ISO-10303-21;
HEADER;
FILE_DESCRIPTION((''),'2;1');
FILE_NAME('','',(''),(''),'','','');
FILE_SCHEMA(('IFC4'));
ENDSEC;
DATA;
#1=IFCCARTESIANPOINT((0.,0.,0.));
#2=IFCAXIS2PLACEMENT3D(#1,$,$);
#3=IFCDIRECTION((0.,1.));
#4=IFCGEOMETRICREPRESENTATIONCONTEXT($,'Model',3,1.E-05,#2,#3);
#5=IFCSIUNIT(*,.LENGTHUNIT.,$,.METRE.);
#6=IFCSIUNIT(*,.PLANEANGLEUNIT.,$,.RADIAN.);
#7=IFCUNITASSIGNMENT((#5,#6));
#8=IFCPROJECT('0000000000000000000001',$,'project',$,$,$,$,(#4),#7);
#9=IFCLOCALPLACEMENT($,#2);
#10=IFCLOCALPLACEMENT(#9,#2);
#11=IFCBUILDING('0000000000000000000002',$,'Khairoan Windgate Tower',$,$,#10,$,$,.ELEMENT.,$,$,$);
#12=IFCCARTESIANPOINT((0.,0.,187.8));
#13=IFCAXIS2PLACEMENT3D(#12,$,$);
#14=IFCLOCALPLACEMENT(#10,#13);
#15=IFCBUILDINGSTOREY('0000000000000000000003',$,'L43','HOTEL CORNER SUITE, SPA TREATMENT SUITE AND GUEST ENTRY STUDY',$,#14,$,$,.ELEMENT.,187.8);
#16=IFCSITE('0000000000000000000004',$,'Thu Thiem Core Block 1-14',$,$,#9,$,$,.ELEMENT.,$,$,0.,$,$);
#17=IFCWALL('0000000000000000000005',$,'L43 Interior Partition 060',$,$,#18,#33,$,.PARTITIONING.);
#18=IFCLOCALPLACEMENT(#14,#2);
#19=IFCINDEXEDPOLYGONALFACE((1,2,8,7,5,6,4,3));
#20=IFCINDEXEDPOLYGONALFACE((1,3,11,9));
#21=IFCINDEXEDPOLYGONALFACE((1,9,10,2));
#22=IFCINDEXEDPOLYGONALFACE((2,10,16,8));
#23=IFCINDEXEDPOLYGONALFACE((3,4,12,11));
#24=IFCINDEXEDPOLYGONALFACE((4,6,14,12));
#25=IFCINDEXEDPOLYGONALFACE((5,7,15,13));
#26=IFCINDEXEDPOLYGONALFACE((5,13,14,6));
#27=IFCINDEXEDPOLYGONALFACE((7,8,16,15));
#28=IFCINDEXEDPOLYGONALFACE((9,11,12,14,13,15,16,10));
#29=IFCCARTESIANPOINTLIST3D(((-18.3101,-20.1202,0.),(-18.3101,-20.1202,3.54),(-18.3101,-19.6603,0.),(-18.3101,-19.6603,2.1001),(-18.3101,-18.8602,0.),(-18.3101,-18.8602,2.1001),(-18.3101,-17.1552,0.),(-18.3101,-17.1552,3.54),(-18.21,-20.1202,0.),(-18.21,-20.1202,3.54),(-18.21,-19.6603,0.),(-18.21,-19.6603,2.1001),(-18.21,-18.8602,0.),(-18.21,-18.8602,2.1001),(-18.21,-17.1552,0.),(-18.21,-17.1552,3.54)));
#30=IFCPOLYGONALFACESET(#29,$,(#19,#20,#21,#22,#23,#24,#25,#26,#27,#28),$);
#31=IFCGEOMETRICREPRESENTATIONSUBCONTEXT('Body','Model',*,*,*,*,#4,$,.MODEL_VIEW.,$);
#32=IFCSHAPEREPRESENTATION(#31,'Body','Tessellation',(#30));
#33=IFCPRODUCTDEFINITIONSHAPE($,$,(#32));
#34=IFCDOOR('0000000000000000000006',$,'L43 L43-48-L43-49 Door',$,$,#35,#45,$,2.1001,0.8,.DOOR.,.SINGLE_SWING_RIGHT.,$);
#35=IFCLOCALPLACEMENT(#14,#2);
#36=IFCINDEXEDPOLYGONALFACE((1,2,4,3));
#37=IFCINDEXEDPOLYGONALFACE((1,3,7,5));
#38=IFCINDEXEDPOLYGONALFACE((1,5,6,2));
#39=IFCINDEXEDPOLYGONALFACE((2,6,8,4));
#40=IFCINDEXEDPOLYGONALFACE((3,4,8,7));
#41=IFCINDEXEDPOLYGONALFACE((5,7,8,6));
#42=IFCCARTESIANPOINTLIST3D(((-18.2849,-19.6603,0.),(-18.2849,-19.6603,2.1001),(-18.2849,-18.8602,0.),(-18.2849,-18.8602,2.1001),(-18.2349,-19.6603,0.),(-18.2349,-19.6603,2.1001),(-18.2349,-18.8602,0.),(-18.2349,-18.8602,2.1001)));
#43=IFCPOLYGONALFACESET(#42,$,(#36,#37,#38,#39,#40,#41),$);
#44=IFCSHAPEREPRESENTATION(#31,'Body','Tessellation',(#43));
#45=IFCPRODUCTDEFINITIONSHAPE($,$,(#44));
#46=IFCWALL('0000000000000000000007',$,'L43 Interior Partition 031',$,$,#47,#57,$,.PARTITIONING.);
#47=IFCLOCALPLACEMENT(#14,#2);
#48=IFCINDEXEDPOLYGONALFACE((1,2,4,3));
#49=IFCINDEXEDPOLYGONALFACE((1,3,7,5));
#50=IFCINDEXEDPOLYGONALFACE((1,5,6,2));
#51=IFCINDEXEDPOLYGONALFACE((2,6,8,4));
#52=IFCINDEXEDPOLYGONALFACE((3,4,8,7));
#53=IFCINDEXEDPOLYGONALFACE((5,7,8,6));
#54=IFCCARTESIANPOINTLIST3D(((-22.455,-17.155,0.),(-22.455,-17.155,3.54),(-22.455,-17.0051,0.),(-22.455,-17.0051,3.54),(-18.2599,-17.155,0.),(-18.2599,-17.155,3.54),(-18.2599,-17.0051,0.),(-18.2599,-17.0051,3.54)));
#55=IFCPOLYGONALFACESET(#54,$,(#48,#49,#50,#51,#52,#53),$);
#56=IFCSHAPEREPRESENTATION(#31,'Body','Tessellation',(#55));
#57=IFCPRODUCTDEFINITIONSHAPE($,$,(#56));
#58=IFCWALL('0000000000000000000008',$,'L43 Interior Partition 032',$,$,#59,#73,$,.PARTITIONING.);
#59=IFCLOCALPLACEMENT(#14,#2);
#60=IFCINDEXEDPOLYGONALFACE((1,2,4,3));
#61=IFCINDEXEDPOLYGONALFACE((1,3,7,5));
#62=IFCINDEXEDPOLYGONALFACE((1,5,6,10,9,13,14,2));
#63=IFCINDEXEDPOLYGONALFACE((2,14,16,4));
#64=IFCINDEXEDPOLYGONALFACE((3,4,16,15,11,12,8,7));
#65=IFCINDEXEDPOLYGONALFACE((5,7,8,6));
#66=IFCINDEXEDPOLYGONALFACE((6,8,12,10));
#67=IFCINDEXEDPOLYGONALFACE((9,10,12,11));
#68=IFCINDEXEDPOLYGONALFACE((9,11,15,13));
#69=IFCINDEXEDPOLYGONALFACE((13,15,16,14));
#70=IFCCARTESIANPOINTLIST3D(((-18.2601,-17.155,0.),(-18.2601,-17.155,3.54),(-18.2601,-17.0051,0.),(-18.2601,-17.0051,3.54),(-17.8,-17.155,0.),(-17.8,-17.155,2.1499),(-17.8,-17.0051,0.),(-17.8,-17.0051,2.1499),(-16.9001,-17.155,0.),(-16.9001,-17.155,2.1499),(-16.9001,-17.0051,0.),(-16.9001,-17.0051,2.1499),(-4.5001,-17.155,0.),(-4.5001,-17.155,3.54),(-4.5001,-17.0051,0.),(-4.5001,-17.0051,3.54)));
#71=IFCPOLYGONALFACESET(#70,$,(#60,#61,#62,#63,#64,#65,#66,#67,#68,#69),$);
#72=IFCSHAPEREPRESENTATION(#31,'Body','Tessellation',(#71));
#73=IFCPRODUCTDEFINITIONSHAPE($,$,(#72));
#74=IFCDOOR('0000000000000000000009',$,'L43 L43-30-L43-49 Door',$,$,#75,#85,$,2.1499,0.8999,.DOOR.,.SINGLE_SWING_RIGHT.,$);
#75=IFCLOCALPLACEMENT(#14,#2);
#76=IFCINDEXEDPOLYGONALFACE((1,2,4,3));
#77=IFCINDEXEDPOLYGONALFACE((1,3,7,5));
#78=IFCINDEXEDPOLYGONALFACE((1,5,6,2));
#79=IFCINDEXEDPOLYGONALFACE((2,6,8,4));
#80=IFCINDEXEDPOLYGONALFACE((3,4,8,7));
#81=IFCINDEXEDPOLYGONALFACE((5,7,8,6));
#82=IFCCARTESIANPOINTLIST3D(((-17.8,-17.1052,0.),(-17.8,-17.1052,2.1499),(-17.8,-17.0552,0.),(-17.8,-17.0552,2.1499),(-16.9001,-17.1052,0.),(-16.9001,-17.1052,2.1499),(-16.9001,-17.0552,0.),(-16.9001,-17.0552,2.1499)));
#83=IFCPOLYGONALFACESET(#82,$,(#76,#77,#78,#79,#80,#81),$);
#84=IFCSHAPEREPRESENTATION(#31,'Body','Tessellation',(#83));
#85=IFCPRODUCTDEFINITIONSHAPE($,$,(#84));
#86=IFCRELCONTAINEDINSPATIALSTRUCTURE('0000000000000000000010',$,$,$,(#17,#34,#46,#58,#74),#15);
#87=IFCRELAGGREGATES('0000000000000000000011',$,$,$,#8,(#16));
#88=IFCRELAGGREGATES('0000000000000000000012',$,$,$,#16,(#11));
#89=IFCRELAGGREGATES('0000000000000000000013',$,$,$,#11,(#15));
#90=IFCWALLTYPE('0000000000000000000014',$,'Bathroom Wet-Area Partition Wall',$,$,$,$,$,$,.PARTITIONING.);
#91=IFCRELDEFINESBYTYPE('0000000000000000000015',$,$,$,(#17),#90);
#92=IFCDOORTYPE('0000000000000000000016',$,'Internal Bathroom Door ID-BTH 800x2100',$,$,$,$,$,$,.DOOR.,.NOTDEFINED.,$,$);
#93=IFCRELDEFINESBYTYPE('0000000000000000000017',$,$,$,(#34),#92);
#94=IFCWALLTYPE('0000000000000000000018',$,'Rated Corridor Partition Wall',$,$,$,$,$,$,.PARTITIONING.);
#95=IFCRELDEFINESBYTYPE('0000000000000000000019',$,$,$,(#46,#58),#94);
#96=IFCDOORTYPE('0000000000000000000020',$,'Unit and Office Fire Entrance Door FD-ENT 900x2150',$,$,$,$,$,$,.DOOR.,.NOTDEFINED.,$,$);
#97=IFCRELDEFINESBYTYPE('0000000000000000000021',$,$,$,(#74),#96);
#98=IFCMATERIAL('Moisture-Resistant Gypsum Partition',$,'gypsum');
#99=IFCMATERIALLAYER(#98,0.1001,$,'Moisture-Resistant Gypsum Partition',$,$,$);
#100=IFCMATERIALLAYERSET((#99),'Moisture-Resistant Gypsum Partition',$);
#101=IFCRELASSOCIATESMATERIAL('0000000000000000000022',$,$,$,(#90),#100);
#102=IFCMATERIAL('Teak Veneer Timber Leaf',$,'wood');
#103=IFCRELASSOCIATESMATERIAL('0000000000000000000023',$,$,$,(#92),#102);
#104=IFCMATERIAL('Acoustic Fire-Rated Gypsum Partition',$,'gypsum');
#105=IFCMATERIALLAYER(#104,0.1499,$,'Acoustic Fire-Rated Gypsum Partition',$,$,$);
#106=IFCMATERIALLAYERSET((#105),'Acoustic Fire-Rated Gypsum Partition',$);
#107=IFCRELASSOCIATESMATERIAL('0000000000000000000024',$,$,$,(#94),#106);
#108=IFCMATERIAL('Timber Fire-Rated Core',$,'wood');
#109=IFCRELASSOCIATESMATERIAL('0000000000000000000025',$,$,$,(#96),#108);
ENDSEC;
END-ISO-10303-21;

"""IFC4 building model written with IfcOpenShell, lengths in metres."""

from ifc_helpers import new_model, si_unit, direction, frame, frame_2d, origin, place, context, subcontext, project, spatial, rectangle, extrude, material, layer, layer_set, type_object, element, fill, save


model = new_model("IFC4")

# Units and contexts
model_context = context("Model", 3, precision=1e-05, world=origin(), true_north=direction((0.0, 1.0)))
body_context = subcontext(model_context, "Body", "Model", "MODEL_VIEW")
ifc_project = project(units=[si_unit("LENGTHUNIT", "METRE"), si_unit("PLANEANGLEUNIT", "RADIAN")], contexts=[model_context])

# Site, building, storey
site_placement = place(None, origin())
site = spatial("IfcSite", under=ifc_project, at=site_placement, Name="Thu Thiem Core Block 1-14", CompositionType="ELEMENT", RefElevation=0.0)
building_placement = place(site_placement, origin())
building = spatial("IfcBuilding", under=site, at=building_placement, Name="Khairoan Windgate Tower", CompositionType="ELEMENT")
storey_placement = place(building_placement, frame((0.0, 0.0, 187.8)))
storey = spatial("IfcBuildingStorey", under=building, at=storey_placement, Name="L43", Description="HOTEL CORNER SUITE, SPA TREATMENT SUITE AND GUEST ENTRY STUDY", CompositionType="ELEMENT", Elevation=187.8)

# Wall, opening, door
ifc_material_1 = material(Name="Moisture-Resistant Gypsum Partition", Category="gypsum")
ifc_layer_1 = layer(ifc_material_1, 0.1001, Name="Moisture-Resistant Gypsum Partition")
ifc_layer_set_1 = layer_set([ifc_layer_1], Name="Moisture-Resistant Gypsum Partition")
wall_type_1 = type_object("IfcWallType", Name="Bathroom Wet-Area Partition Wall", PredefinedType="PARTITIONING", material=ifc_layer_set_1)
wall_1_placement = place(storey_placement, frame((-18.26, -20.1201, 0.0), z_axis=(0.0, 0.0, 1.0), x_axis=(0.0, 1.0, 0.0)))
wall_1 = element("IfcWall", 1, at=wall_1_placement, inside=storey, type_object=wall_type_1, Name="L43 Interior Partition 060", PredefinedType="PARTITIONING", context=body_context, shape_type="SweptSolid", body=[
    extrude(rectangle(XDim=2.9651, YDim=0.1001, at=frame_2d((1.4824, 0.0))), origin(), (0.0, 0.0, 1.0), 3.54),
])
opening_1_placement = place(wall_1_placement, frame((0.46, 0.0, 0.0)))
opening_1 = element("IfcOpeningElement", 2, at=opening_1_placement, cuts=wall_1, PredefinedType="OPENING", context=body_context, shape_type="SweptSolid", body=[
    extrude(rectangle(XDim=0.8, YDim=2.1001, at=frame_2d((0.3999, 1.05))), frame((0.0, 0.0601, 0.0), z_axis=(0.0, -1.0, 0.0), x_axis=(1.0, 0.0, 0.0)), (0.0, 0.0, 1.0), 0.1201),
])
ifc_material_2 = material(Name="Teak Veneer Timber Leaf", Category="wood")
door_type_1 = type_object("IfcDoorType", Name="Internal Bathroom Door ID-BTH 800x2100", OperationType="NOTDEFINED", PredefinedType="DOOR", material=ifc_material_2)
door_1_placement = place(opening_1_placement, origin())
door_1 = element("IfcDoor", 3, at=door_1_placement, inside=storey, type_object=door_type_1, Name="L43 L43-48-L43-49 Door", OperationType="SINGLE_SWING_RIGHT", OverallHeight=2.1001, OverallWidth=0.8, PredefinedType="DOOR", context=body_context, shape_type="SweptSolid", body=[
    extrude(rectangle(XDim=0.8, YDim=2.1001, at=frame_2d((0.3999, 1.05))), frame((0.0, 0.0249, 0.0), z_axis=(0.0, -1.0, 0.0), x_axis=(1.0, 0.0, 0.0)), (0.0, 0.0, 1.0), 0.05),
])
fill(opening_1, door_1)

# Wall
ifc_material_3 = material(Name="Acoustic Fire-Rated Gypsum Partition", Category="gypsum")
ifc_layer_2 = layer(ifc_material_3, 0.1499, Name="Acoustic Fire-Rated Gypsum Partition")
ifc_layer_set_2 = layer_set([ifc_layer_2], Name="Acoustic Fire-Rated Gypsum Partition")
wall_type_2 = type_object("IfcWallType", Name="Rated Corridor Partition Wall", PredefinedType="PARTITIONING", material=ifc_layer_set_2)
wall_2_placement = place(storey_placement, frame((-22.4551, -17.0801, 0.0), z_axis=(0.0, 0.0, 1.0), x_axis=(1.0, 0.0, 0.0)))
element("IfcWall", 4, at=wall_2_placement, inside=storey, type_object=wall_type_2, Name="L43 Interior Partition 031", PredefinedType="PARTITIONING", context=body_context, shape_type="SweptSolid", body=[
    extrude(rectangle(XDim=4.1951, YDim=0.1499, at=frame_2d((2.0977, 0.0))), origin(), (0.0, 0.0, 1.0), 3.54),
])

# Wall, opening, door
wall_3_placement = place(storey_placement, frame((-18.26, -17.0801, 0.0), z_axis=(0.0, 0.0, 1.0), x_axis=(1.0, 0.0, 0.0)))
wall_3 = element("IfcWall", 5, at=wall_3_placement, inside=storey, type_object=wall_type_2, Name="L43 Interior Partition 032", PredefinedType="PARTITIONING", context=body_context, shape_type="SweptSolid", body=[
    extrude(rectangle(XDim=13.76, YDim=0.1499, at=frame_2d((6.8799, 0.0))), origin(), (0.0, 0.0, 1.0), 3.54),
])
opening_2_placement = place(wall_3_placement, frame((0.46, 0.0, 0.0)))
opening_2 = element("IfcOpeningElement", 6, at=opening_2_placement, cuts=wall_3, PredefinedType="OPENING", context=body_context, shape_type="SweptSolid", body=[
    extrude(rectangle(XDim=0.8999, YDim=2.1499, at=frame_2d((0.45, 1.075))), frame((0.0, 0.085, 0.0), z_axis=(0.0, -1.0, 0.0), x_axis=(1.0, 0.0, 0.0)), (0.0, 0.0, 1.0), 0.1699),
])
ifc_material_4 = material(Name="Timber Fire-Rated Core", Category="wood")
door_type_2 = type_object("IfcDoorType", Name="Unit and Office Fire Entrance Door FD-ENT 900x2150", OperationType="NOTDEFINED", PredefinedType="DOOR", material=ifc_material_4)
door_2_placement = place(opening_2_placement, origin())
door_2 = element("IfcDoor", 7, at=door_2_placement, inside=storey, type_object=door_type_2, Name="L43 L43-30-L43-49 Door", OperationType="SINGLE_SWING_RIGHT", OverallHeight=2.1499, OverallWidth=0.8999, PredefinedType="DOOR", context=body_context, shape_type="SweptSolid", body=[
    extrude(rectangle(XDim=0.8999, YDim=2.1499, at=frame_2d((0.45, 1.075))), frame((0.0, 0.0249, 0.0), z_axis=(0.0, -1.0, 0.0), x_axis=(1.0, 0.0, 0.0)), (0.0, 0.0, 1.0), 0.05),
])
fill(opening_2, door_2)

save(model, "model.ifc")
